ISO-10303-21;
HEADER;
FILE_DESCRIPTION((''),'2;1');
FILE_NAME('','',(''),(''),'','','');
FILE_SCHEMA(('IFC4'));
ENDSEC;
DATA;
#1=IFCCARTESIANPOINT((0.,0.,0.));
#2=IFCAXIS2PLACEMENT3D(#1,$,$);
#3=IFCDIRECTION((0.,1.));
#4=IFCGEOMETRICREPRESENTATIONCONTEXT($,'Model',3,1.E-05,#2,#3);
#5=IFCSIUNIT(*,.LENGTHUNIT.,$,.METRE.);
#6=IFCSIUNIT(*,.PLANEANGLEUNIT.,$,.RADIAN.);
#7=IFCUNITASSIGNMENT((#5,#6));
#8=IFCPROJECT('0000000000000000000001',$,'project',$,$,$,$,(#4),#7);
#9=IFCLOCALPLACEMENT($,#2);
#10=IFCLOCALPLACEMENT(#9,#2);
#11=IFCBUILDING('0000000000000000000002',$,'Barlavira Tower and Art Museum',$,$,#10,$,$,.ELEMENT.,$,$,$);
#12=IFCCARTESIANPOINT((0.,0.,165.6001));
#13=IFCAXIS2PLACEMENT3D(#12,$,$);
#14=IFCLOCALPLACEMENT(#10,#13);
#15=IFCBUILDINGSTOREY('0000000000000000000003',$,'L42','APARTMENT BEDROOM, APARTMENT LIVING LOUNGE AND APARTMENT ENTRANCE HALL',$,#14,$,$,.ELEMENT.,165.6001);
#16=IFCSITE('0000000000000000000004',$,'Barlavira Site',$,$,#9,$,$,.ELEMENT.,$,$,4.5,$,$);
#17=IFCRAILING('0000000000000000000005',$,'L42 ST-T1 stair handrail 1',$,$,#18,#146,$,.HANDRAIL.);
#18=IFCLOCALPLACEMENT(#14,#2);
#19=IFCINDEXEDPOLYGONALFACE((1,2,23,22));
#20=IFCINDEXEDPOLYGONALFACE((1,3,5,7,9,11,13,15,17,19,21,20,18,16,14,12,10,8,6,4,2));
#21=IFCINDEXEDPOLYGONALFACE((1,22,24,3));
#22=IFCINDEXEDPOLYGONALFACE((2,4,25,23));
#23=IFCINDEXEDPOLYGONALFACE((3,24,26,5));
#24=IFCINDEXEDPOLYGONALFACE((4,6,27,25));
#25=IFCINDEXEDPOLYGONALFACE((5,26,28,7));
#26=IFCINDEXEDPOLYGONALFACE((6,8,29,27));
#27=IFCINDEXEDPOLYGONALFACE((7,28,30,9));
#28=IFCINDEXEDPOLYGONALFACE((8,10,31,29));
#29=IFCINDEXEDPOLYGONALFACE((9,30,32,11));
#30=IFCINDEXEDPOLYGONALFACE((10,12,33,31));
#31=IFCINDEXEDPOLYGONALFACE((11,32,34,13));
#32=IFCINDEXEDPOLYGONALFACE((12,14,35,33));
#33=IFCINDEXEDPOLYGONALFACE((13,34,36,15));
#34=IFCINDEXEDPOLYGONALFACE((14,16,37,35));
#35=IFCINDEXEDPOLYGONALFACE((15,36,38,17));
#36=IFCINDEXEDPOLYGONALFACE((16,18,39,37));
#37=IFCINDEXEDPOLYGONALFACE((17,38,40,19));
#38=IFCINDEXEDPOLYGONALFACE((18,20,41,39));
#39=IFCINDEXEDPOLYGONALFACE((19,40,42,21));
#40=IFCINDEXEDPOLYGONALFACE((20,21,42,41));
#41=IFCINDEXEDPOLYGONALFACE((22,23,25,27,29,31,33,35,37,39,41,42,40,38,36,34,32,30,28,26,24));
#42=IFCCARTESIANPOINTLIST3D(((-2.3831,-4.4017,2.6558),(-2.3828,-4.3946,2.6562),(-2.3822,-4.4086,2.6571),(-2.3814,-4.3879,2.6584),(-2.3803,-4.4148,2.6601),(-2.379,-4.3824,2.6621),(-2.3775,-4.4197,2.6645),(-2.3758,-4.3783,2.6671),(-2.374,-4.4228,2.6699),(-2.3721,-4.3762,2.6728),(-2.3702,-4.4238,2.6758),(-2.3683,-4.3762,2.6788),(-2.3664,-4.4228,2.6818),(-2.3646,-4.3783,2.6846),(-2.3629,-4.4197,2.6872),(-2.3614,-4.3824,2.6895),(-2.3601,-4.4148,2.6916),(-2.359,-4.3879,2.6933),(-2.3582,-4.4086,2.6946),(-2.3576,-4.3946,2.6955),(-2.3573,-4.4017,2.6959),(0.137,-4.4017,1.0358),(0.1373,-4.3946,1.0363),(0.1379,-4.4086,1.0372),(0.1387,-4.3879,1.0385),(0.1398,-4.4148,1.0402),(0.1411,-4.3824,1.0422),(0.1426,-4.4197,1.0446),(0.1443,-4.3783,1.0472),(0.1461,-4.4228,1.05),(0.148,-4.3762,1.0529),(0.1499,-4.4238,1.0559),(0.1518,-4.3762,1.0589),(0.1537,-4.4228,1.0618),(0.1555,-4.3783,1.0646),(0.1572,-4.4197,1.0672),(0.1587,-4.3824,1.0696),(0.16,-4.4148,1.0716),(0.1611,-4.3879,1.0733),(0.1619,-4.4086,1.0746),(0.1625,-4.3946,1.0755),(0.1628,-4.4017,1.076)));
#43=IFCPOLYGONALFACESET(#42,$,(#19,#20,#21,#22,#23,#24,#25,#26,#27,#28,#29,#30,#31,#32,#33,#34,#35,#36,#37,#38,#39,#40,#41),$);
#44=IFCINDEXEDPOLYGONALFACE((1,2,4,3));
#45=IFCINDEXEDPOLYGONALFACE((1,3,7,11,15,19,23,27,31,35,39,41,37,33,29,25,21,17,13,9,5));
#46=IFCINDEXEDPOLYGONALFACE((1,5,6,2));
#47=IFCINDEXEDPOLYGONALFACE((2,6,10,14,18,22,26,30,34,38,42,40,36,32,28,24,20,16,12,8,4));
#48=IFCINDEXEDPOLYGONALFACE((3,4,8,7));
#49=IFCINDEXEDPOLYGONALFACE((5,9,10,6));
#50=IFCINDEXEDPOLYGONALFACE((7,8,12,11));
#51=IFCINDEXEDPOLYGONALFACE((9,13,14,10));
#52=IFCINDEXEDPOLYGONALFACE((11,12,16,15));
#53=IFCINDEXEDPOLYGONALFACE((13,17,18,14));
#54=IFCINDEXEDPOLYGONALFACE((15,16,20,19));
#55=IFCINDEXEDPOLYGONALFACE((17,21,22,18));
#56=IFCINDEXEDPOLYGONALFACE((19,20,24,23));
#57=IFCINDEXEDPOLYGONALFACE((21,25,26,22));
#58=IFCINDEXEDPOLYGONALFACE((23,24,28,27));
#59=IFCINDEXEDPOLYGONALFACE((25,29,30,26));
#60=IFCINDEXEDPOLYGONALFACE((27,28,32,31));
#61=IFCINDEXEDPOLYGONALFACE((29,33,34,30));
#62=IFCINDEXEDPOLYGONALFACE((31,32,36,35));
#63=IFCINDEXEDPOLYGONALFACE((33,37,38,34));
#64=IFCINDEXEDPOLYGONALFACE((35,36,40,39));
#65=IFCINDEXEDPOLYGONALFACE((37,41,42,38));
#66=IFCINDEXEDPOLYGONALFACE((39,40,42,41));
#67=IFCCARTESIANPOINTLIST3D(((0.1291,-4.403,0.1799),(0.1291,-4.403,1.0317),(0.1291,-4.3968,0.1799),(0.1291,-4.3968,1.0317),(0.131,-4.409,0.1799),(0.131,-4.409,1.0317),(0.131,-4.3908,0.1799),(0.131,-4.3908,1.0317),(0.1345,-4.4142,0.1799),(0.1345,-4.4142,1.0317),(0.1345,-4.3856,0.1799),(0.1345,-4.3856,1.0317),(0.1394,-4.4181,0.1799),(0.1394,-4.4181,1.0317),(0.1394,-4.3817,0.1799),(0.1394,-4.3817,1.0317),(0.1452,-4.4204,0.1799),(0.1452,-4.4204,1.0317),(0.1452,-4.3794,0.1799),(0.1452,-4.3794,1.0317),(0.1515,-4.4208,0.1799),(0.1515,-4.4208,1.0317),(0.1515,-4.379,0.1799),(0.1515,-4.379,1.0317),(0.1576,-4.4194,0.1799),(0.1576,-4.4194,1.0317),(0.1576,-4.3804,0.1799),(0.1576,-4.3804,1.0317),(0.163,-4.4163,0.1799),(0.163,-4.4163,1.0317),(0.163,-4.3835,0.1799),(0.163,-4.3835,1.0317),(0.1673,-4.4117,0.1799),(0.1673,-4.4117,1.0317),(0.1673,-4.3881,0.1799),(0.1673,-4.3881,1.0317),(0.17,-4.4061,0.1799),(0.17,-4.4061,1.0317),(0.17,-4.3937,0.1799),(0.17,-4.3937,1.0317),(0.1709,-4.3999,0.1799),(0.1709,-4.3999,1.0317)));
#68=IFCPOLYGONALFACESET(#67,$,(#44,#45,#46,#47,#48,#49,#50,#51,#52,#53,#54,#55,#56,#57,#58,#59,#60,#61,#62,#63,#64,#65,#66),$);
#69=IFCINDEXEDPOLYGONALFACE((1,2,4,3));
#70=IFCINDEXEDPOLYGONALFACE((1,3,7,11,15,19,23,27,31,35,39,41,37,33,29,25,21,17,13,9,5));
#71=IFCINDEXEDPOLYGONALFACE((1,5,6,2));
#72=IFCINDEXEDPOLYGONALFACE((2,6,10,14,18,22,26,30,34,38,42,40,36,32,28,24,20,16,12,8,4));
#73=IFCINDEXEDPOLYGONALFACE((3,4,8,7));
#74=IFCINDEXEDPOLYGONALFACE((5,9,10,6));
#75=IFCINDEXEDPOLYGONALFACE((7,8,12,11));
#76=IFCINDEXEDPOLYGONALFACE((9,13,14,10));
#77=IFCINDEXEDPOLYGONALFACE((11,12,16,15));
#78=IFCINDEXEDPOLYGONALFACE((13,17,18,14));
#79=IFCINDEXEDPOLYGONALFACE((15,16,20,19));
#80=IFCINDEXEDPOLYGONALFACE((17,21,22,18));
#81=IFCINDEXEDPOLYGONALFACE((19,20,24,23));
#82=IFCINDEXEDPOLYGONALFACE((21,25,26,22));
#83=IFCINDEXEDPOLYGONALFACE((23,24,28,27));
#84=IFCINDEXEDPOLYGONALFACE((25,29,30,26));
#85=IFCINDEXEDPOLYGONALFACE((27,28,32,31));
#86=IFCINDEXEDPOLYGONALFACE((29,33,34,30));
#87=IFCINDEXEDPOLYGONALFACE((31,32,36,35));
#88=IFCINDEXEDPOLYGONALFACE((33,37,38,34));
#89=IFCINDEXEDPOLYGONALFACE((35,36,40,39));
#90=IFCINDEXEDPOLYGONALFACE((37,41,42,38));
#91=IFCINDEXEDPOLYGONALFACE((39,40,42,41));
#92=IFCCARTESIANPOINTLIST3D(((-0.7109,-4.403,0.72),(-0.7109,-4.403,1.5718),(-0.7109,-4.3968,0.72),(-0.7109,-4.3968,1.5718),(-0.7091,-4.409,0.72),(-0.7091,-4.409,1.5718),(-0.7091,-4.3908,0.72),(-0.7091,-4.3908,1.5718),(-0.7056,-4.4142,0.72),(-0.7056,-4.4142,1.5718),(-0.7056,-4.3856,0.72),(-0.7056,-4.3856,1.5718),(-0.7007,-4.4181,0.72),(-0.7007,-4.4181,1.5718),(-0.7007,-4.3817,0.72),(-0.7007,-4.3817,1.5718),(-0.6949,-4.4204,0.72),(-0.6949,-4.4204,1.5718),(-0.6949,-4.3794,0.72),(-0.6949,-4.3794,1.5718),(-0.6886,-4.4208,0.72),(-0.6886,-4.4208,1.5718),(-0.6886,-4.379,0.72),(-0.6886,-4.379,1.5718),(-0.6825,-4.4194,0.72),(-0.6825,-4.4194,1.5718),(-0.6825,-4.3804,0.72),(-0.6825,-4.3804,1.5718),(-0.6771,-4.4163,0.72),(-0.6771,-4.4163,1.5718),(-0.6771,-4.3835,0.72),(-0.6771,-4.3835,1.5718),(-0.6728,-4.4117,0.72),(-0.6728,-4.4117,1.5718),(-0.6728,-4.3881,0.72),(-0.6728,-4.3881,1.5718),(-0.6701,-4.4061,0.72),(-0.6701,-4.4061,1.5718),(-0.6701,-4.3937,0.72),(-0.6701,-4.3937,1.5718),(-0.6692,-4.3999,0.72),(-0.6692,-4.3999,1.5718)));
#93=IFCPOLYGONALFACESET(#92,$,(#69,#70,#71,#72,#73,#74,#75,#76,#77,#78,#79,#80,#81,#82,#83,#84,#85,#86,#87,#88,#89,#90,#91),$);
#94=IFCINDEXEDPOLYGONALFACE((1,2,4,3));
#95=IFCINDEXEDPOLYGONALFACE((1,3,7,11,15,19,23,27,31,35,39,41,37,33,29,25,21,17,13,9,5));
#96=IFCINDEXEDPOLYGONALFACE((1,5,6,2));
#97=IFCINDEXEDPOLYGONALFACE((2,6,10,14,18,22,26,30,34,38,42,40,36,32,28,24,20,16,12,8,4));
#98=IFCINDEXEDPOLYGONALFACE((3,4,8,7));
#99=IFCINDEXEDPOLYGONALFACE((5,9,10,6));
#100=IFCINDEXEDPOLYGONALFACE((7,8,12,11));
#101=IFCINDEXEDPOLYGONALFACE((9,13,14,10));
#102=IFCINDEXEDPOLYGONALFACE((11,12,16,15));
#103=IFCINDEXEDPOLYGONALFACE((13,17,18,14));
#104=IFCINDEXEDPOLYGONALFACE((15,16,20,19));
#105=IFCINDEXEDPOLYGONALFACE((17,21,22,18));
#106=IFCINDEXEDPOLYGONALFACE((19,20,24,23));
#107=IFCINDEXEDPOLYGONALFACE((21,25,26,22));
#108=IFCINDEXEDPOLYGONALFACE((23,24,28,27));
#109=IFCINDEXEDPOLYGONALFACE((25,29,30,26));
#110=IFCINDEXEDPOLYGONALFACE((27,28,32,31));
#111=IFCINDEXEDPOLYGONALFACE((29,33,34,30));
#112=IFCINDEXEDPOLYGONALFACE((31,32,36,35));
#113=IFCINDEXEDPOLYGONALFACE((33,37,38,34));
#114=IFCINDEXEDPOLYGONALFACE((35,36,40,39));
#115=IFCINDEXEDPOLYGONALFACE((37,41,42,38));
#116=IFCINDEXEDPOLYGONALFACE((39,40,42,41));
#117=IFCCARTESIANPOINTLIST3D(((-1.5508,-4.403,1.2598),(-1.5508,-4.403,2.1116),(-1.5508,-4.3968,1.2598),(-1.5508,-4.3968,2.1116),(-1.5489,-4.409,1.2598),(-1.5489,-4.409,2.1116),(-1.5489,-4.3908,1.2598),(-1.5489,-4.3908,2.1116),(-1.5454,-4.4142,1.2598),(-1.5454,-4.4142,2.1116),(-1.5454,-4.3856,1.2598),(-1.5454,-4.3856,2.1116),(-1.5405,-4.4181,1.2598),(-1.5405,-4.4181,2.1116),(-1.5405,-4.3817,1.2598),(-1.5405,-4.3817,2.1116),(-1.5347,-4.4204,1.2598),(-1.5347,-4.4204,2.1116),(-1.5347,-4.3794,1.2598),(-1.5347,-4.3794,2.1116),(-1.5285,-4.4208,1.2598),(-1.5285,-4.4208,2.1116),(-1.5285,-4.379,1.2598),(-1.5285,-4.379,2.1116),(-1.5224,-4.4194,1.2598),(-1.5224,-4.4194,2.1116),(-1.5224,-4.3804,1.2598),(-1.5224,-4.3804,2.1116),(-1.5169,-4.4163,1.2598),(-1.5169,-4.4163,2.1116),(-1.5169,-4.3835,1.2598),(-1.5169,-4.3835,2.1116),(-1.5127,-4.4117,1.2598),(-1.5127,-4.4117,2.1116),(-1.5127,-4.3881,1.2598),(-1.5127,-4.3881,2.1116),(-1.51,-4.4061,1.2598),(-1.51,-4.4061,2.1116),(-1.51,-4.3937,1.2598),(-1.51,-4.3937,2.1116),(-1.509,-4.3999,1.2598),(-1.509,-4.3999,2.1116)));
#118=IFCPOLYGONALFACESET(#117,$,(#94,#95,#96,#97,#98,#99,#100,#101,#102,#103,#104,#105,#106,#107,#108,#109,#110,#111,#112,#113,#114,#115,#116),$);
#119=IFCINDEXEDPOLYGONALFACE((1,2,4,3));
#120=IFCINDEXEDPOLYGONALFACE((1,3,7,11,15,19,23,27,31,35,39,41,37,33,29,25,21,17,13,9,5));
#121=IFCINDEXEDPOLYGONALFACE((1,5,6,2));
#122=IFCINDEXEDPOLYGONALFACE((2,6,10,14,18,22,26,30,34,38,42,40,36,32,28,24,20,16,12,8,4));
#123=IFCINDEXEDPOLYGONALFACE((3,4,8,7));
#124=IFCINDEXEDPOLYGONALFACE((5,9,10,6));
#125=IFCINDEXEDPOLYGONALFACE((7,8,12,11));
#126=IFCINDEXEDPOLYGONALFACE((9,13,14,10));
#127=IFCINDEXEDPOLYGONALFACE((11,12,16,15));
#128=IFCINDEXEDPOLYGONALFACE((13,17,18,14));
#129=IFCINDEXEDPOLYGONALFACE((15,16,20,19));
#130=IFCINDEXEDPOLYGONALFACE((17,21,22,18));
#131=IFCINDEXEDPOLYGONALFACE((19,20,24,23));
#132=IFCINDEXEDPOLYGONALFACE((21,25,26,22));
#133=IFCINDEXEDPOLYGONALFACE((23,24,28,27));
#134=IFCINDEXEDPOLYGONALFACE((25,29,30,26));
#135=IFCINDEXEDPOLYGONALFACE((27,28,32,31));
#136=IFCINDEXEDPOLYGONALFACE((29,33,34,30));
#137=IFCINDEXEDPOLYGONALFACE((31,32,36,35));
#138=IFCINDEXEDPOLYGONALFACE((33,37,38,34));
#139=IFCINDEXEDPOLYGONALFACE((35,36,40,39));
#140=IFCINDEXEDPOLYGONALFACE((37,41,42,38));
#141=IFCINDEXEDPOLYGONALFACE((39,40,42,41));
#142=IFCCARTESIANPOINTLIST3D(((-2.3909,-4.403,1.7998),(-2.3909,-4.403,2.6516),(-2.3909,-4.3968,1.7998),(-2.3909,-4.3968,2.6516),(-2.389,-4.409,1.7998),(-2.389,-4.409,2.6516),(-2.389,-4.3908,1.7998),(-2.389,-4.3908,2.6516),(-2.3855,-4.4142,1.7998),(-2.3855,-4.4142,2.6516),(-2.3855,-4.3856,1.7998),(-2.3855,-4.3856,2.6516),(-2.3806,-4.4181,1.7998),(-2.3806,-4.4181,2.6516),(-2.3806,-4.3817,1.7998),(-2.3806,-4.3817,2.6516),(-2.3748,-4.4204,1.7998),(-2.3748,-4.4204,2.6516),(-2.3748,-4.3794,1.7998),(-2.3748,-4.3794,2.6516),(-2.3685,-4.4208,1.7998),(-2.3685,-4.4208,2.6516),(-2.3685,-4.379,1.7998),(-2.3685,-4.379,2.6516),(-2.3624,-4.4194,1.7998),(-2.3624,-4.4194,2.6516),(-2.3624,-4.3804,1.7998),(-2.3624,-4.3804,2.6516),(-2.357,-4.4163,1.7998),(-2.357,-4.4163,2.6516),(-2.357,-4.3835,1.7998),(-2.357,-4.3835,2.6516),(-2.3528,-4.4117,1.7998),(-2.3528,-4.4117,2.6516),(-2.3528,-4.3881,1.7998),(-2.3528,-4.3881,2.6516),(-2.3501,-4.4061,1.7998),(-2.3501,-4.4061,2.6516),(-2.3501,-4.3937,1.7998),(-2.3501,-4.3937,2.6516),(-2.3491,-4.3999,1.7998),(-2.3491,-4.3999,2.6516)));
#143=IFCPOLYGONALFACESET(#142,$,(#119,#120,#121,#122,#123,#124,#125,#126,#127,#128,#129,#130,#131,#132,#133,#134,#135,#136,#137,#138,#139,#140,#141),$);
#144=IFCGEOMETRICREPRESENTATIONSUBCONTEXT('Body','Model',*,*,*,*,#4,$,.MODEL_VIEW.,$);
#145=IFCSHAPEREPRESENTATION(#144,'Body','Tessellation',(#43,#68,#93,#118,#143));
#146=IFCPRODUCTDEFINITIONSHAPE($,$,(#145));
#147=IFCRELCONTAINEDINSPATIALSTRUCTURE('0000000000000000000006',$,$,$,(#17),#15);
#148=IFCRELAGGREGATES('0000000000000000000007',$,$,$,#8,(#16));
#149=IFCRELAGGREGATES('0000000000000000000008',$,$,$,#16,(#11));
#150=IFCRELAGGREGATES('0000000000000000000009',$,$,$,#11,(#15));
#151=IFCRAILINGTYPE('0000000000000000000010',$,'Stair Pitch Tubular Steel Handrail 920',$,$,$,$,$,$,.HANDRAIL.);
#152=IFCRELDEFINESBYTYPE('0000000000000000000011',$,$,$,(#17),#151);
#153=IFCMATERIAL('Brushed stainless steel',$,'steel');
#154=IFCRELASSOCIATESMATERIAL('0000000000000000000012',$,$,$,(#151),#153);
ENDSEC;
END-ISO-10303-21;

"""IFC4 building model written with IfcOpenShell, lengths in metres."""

from ifc_helpers import new_model, si_unit, direction, frame, origin, origin_2d, place, context, subcontext, project, spatial, circle, extrude, material, type_object, element, save


model = new_model("IFC4")

# Units and contexts
model_context = context("Model", 3, precision=1e-05, world=origin(), true_north=direction((0.0, 1.0)))
body_context = subcontext(model_context, "Body", "Model", "MODEL_VIEW")
ifc_project = project(units=[si_unit("LENGTHUNIT", "METRE"), si_unit("PLANEANGLEUNIT", "RADIAN")], contexts=[model_context])

# Site, building, storey
site_placement = place(None, origin())
site = spatial("IfcSite", under=ifc_project, at=site_placement, Name="Barlavira Site", CompositionType="ELEMENT", RefElevation=4.5)
building_placement = place(site_placement, origin())
building = spatial("IfcBuilding", under=site, at=building_placement, Name="Barlavira Tower and Art Museum", CompositionType="ELEMENT")
storey_placement = place(building_placement, frame((0.0, 0.0, 165.6001)))
storey = spatial("IfcBuildingStorey", under=building, at=storey_placement, Name="L42", Description="APARTMENT BEDROOM, APARTMENT LIVING LOUNGE AND APARTMENT ENTRANCE HALL", CompositionType="ELEMENT", Elevation=165.6001)

# Shared definitions
ifc_material_1 = material(Name="Brushed stainless steel", Category="steel")

# Railing
railing_type_1 = type_object("IfcRailingType", Name="Stair Pitch Tubular Steel Handrail 920", PredefinedType="HANDRAIL", material=ifc_material_1)
railing_1_placement = place(storey_placement, frame((0.1499, -4.3999, 0.1799)))
element("IfcRailing", 1, at=railing_1_placement, inside=storey, type_object=railing_type_1, Name="L42 ST-T1 stair handrail 1", PredefinedType="HANDRAIL", context=body_context, shape_type="SweptSolid", body=[
    extrude(circle(Radius=0.0239, at=origin_2d()), frame((0.0, 0.0, 0.876), z_axis=(-0.8412, 0.0, 0.540725), x_axis=(0.0, -1.0, 0.0)), (0.0, 0.0, 1.0), 2.9958),
    extrude(circle(Radius=0.021, at=origin_2d()), origin(), (0.0, 0.0, 1.0), 0.8518),
    extrude(circle(Radius=0.021, at=origin_2d()), frame((-0.8401, 0.0, 0.54)), (0.0, 0.0, 1.0), 0.8518),
    extrude(circle(Radius=0.021, at=origin_2d()), frame((-1.6799, 0.0, 1.0798)), (0.0, 0.0, 1.0), 0.8518),
    extrude(circle(Radius=0.021, at=origin_2d()), frame((-2.52, 0.0, 1.6199)), (0.0, 0.0, 1.0), 0.8518),
])

save(model, "model.ifc")
